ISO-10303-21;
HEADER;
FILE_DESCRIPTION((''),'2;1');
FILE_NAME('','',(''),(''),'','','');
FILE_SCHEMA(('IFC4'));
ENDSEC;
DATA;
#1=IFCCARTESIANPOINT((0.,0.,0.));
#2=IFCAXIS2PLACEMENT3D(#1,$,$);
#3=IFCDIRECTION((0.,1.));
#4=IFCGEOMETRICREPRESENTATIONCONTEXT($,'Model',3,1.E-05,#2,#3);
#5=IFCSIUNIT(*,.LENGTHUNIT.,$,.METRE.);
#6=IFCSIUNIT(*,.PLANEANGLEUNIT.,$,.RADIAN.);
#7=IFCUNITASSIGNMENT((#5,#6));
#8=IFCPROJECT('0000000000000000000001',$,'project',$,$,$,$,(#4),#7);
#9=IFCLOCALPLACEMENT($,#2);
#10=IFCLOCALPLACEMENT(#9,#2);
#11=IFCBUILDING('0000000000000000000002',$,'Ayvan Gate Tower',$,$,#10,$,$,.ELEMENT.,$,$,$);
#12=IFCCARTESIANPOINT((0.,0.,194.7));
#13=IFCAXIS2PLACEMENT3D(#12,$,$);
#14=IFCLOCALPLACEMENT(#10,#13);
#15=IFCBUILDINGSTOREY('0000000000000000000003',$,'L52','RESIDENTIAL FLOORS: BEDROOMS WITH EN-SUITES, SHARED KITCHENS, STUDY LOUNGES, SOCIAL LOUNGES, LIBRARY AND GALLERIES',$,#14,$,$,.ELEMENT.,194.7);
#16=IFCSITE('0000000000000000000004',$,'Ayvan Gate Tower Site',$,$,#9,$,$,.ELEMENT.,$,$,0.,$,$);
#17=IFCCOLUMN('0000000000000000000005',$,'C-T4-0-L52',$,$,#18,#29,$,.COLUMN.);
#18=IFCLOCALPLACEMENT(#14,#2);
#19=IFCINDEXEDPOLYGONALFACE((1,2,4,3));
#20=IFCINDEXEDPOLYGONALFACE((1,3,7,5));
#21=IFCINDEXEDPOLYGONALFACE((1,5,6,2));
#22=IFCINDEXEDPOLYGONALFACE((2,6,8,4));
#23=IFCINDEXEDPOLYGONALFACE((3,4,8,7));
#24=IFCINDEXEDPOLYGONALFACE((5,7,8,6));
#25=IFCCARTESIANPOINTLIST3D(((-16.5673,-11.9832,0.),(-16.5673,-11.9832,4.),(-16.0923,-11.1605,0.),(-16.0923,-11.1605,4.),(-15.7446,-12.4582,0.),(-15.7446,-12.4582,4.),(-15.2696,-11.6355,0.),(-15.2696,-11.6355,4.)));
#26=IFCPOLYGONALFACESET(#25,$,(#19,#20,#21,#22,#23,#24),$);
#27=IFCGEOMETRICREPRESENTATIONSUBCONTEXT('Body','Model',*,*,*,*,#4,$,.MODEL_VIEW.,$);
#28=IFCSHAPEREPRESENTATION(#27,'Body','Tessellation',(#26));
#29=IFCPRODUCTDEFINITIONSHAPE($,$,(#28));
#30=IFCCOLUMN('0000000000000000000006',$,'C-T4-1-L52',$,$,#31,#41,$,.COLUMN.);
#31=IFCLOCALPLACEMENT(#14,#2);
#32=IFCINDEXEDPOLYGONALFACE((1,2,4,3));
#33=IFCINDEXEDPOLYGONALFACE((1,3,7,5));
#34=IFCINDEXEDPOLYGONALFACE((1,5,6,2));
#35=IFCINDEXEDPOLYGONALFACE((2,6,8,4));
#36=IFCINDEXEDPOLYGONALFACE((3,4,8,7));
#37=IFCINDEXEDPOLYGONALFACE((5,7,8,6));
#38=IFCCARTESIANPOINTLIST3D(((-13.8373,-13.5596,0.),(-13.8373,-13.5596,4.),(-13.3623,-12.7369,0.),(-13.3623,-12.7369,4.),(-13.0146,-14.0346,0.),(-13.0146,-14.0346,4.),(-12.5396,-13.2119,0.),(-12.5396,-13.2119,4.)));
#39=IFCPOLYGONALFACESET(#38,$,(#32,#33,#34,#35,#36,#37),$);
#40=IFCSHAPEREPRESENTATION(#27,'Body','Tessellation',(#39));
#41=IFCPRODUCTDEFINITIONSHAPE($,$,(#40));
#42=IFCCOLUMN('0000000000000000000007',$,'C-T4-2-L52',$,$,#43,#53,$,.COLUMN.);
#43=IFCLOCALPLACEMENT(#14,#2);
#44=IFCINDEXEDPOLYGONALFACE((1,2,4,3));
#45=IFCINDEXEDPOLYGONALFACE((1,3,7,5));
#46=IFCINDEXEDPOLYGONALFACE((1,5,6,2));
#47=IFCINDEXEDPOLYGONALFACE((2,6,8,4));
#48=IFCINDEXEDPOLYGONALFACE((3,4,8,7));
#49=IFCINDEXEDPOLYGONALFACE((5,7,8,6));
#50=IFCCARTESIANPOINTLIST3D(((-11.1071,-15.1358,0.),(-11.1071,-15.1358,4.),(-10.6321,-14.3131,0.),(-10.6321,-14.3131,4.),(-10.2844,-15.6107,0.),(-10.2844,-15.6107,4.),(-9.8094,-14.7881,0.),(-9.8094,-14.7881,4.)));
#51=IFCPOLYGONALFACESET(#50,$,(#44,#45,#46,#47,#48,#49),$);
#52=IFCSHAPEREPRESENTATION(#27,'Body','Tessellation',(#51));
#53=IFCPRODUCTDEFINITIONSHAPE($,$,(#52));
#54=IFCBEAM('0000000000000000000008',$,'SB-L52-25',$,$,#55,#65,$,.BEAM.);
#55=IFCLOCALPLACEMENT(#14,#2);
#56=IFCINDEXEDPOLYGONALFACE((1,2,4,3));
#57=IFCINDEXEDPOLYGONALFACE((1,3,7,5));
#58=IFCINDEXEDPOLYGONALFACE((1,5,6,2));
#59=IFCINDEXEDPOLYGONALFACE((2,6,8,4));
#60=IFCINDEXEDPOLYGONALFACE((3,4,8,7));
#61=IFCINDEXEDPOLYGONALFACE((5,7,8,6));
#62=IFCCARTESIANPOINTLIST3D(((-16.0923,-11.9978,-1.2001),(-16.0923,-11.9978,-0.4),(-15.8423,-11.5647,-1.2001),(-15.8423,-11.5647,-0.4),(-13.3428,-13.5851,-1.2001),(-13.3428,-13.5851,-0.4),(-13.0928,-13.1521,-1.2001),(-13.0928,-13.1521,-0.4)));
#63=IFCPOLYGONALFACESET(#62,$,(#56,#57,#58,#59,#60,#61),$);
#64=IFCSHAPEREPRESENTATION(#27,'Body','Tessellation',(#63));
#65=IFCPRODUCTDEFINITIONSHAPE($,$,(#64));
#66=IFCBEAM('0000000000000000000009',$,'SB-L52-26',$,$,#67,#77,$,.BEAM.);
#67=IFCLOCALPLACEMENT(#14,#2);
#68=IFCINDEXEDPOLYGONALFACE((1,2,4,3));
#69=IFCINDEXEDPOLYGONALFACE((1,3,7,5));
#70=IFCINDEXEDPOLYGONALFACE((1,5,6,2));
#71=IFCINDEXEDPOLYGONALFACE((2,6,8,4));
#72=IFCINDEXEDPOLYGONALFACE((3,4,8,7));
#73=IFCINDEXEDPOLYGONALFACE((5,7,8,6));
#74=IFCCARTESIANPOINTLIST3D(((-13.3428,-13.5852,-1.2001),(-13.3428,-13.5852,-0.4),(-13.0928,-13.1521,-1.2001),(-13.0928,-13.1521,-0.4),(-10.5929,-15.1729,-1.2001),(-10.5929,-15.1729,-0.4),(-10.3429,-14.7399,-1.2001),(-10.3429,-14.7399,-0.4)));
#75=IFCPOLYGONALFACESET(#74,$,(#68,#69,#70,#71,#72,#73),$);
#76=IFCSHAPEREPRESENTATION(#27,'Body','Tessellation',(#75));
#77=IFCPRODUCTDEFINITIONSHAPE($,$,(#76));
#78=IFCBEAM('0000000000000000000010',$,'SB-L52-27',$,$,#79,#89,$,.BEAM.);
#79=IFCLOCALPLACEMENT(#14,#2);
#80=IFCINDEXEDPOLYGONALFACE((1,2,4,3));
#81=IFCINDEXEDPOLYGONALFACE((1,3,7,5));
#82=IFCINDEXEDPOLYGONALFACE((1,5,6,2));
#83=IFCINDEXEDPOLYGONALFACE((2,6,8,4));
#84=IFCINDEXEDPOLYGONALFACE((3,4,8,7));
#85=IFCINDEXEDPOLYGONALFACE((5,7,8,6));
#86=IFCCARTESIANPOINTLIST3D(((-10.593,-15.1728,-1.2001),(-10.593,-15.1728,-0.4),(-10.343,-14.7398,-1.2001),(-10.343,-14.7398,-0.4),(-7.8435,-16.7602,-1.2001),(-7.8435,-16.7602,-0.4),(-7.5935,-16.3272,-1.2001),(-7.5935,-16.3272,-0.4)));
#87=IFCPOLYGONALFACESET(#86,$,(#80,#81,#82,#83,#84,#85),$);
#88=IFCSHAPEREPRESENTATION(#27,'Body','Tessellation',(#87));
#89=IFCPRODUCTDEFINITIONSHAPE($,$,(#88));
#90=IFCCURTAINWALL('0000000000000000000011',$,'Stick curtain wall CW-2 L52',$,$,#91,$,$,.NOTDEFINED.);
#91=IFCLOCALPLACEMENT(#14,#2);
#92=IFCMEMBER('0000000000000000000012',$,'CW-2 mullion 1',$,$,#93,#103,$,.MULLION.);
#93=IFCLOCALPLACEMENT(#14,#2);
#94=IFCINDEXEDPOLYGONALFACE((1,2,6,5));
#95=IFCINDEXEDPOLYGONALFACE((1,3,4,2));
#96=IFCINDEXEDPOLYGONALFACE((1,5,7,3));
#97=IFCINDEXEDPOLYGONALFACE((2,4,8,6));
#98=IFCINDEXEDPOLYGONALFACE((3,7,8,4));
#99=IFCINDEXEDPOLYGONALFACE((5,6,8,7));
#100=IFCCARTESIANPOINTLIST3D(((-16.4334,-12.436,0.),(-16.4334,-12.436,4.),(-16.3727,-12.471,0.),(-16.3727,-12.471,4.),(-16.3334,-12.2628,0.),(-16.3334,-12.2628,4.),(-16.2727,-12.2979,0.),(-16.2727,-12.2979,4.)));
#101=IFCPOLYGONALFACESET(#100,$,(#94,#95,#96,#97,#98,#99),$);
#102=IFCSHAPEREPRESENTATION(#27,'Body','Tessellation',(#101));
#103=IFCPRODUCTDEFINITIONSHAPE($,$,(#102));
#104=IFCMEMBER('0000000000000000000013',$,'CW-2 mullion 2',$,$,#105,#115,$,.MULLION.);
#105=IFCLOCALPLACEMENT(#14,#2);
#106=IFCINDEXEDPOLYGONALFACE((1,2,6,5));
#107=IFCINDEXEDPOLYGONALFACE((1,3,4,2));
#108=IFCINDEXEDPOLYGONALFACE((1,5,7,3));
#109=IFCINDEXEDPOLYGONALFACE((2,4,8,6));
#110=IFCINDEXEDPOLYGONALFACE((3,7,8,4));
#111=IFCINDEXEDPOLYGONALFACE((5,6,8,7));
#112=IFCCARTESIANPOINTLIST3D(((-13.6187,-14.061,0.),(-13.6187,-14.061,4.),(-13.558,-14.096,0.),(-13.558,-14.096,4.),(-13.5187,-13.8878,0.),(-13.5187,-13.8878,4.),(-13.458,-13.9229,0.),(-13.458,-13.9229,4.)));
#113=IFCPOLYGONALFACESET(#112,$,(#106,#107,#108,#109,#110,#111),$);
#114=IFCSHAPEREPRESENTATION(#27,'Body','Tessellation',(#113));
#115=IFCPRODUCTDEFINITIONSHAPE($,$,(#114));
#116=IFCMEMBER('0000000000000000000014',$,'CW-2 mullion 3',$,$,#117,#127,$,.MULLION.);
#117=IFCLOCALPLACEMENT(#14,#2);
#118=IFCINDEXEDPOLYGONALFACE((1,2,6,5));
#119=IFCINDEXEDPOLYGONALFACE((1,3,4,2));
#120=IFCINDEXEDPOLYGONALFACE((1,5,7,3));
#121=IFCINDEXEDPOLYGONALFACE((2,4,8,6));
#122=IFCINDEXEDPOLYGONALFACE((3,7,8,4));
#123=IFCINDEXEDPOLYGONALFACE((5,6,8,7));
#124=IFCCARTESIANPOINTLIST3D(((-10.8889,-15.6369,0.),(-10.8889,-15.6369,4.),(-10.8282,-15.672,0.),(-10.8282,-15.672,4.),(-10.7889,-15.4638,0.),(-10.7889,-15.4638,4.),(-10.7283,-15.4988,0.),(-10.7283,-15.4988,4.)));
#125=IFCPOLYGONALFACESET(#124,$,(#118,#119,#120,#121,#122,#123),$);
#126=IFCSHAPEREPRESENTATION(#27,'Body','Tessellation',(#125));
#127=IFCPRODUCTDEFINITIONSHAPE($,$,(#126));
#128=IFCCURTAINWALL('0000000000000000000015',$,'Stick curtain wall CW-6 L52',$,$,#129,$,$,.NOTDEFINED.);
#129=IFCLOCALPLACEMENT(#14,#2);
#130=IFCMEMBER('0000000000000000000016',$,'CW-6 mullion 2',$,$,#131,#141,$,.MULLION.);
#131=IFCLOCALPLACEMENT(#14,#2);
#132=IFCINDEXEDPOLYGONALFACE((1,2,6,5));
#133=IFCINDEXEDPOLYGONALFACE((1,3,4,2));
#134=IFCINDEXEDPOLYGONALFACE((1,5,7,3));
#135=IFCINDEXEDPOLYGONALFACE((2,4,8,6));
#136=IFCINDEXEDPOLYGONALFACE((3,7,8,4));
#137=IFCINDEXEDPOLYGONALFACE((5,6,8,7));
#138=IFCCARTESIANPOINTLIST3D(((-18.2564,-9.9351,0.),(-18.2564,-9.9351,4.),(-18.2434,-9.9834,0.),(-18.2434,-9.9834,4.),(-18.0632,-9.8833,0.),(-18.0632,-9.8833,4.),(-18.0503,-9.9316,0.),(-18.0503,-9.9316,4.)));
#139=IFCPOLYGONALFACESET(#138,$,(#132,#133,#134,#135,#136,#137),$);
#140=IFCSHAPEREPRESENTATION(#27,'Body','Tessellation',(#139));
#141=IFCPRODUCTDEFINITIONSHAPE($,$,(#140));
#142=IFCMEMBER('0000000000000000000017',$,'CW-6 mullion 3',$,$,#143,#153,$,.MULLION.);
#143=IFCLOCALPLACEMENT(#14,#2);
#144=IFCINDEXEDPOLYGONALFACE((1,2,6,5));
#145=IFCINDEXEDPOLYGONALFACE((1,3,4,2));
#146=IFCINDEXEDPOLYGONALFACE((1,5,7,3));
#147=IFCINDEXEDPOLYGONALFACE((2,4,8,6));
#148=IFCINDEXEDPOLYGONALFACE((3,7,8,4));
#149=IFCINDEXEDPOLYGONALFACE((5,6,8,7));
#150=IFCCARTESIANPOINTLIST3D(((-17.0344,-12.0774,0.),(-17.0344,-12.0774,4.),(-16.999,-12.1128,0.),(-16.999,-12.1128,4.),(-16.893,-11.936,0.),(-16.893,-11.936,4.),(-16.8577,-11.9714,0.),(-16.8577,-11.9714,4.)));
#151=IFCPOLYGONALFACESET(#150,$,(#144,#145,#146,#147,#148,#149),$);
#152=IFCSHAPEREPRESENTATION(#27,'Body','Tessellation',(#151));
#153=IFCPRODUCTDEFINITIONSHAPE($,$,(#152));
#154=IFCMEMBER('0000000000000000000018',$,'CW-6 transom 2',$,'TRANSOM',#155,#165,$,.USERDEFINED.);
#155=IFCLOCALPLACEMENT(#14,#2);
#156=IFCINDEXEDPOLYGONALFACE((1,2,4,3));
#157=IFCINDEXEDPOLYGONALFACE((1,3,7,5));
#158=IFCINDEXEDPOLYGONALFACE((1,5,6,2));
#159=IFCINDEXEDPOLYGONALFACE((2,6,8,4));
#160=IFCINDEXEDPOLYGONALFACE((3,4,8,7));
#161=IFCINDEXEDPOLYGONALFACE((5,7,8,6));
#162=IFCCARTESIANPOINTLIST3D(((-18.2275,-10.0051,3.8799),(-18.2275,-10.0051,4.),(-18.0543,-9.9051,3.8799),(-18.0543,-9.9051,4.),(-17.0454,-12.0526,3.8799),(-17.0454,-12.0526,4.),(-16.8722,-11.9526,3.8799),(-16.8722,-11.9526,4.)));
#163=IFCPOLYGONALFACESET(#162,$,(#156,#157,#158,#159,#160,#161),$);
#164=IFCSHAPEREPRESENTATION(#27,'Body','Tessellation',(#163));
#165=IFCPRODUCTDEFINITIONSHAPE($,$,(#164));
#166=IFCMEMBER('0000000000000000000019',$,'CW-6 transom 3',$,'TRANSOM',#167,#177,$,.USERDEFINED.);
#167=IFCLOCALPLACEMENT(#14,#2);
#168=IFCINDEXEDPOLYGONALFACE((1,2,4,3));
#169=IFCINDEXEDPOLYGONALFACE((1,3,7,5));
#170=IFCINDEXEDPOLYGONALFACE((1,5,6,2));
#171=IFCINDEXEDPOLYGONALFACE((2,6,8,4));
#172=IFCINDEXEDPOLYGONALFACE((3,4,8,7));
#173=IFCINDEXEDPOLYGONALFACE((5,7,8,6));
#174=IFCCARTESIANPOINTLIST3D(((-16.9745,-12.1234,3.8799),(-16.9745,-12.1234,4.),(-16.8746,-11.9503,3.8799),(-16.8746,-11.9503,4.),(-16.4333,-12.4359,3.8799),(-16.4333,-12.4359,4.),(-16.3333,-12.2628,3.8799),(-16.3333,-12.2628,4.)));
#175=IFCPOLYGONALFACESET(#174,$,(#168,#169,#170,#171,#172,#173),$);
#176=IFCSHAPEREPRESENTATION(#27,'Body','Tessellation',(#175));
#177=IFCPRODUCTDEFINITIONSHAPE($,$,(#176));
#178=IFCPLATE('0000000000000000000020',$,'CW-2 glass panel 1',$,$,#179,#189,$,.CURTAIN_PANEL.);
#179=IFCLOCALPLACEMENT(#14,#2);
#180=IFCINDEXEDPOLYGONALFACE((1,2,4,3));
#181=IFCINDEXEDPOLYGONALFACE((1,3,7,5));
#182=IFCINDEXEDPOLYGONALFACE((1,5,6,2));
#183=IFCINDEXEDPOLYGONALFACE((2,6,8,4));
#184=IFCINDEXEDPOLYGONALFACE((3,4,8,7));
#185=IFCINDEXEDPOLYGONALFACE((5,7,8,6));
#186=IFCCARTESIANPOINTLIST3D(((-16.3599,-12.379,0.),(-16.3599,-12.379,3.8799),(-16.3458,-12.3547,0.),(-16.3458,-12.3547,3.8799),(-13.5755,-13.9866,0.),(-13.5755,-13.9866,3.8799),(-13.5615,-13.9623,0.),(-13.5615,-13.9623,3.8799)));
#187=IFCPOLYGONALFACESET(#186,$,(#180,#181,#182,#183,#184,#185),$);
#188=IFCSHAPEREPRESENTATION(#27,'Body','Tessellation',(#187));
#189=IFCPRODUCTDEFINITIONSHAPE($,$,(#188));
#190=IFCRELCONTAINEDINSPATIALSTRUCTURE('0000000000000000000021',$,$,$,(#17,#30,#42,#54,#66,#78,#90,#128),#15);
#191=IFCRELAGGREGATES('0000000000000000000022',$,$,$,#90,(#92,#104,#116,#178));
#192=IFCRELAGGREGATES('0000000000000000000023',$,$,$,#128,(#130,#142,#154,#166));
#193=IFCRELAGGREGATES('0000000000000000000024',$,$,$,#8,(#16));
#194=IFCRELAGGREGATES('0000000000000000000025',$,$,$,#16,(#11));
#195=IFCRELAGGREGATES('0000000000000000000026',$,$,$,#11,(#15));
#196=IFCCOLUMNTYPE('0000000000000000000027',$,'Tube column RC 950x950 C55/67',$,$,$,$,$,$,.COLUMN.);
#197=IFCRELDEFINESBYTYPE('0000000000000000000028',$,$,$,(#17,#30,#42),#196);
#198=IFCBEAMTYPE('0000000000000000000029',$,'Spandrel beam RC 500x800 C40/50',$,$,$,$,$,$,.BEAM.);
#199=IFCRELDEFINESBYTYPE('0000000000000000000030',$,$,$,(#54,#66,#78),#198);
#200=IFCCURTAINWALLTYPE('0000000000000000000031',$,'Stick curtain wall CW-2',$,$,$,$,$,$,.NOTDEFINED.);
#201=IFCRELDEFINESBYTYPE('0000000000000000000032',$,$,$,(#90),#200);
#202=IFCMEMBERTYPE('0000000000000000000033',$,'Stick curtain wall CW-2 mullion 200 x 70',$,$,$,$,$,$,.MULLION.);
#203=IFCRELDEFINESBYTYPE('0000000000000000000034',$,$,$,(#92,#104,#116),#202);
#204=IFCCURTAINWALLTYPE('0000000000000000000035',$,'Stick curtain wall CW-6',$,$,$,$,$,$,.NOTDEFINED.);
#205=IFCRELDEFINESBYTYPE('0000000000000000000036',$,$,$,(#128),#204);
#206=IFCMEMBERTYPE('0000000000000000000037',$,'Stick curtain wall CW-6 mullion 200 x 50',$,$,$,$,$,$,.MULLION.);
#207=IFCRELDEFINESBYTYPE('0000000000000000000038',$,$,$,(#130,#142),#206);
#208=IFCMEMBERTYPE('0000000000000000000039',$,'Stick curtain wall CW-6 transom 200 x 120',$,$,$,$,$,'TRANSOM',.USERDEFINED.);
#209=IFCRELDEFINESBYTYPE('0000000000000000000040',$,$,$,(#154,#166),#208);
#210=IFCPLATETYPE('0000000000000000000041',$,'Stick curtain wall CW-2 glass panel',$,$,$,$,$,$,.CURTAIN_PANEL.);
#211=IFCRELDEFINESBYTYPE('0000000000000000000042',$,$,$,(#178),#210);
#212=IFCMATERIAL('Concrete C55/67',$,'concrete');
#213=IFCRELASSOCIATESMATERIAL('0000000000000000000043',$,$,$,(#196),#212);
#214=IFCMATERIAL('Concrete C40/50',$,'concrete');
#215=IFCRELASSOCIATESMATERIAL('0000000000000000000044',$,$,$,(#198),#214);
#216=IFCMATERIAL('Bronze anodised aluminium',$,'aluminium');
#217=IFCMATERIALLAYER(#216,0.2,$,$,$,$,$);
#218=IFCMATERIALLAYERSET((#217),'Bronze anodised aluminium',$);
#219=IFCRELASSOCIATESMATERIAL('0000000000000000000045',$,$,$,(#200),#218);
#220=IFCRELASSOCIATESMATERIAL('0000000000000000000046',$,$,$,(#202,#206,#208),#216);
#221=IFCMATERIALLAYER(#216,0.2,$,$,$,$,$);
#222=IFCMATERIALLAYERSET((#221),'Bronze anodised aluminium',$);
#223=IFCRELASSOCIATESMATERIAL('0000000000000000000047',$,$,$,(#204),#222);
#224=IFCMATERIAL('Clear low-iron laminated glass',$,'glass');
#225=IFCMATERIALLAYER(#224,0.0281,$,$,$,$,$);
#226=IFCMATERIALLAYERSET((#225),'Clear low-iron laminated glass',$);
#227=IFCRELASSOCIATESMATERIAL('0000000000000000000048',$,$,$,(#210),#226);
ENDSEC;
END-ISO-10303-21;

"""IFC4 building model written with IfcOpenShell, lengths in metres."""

from ifc_helpers import new_model, si_unit, direction, frame, origin, origin_2d, place, context, subcontext, project, spatial, rectangle, extrude, material, layer, layer_set, material_profile, profile_set, type_object, element, aggregate, save


model = new_model("IFC4")

# Units and contexts
model_context = context("Model", 3, precision=1e-05, world=origin(), true_north=direction((0.0, 1.0)))
body_context = subcontext(model_context, "Body", "Model", "MODEL_VIEW")
ifc_project = project(units=[si_unit("LENGTHUNIT", "METRE"), si_unit("PLANEANGLEUNIT", "RADIAN")], contexts=[model_context])

# Site, building, storey
site_placement = place(None, origin())
site = spatial("IfcSite", under=ifc_project, at=site_placement, Name="Ayvan Gate Tower Site", CompositionType="ELEMENT", RefElevation=0.0)
building_placement = place(site_placement, origin())
building = spatial("IfcBuilding", under=site, at=building_placement, Name="Ayvan Gate Tower", CompositionType="ELEMENT")
storey_placement = place(building_placement, frame((0.0, 0.0, 194.7)))
storey = spatial("IfcBuildingStorey", under=building, at=storey_placement, Name="L52", Description="RESIDENTIAL FLOORS: BEDROOMS WITH EN-SUITES, SHARED KITCHENS, STUDY LOUNGES, SOCIAL LOUNGES, LIBRARY AND GALLERIES", CompositionType="ELEMENT", Elevation=194.7)

# Columns
ifc_material_1 = material(Name="Concrete C55/67", Category="concrete")
ifc_material_profile_1 = material_profile(ifc_material_1, rectangle(XDim=0.95, YDim=0.95, at=origin_2d()), Name="RC 950x950")
ifc_profile_set_1 = profile_set([ifc_material_profile_1], Name="Concrete C55/67")
column_type = type_object("IfcColumnType", Name="Tube column RC 950x950 C55/67", PredefinedType="COLUMN", material=ifc_profile_set_1)
for number, where, z_axis, x_axis, name in (
    (1, (-15.9185, -11.8093, 0.0), (0.0, 0.0, 1.0), (-0.5, -0.866025, 0.0), "C-T4-0-L52"),
    (2, (-13.1885, -13.3857, 0.0), (0.0, 0.0, 1.0), (-0.5, -0.866025, 0.0), "C-T4-1-L52"),
    (3, (-10.4583, -14.9619, 0.0), (0.0, 0.0, 1.0), (-0.5, -0.866025, 0.0), "C-T4-2-L52"),
):
    element("IfcColumn", number, at=place(storey_placement, frame(where, z_axis=z_axis, x_axis=x_axis)), inside=storey, type_object=column_type, Name=name, PredefinedType="COLUMN", context=body_context, shape_type="SweptSolid", body=[
        extrude(rectangle(XDim=0.95, YDim=0.95, at=origin_2d()), origin(), (0.0, 0.0, 1.0), 4.0),
    ])

# Beams
ifc_material_2 = material(Name="Concrete C40/50", Category="concrete")
ifc_material_profile_2 = material_profile(ifc_material_2, rectangle(XDim=0.5, YDim=0.8, at=origin_2d()), Name="RC 500x800")
ifc_profile_set_2 = profile_set([ifc_material_profile_2], Name="Concrete C40/50")
beam_type = type_object("IfcBeamType", Name="Spandrel beam RC 500x800 C40/50", PredefinedType="BEAM", material=ifc_profile_set_2)
beam_1_placement = place(storey_placement, frame((-15.9673, -11.7812, -0.8), z_axis=(0.866029, -0.499993, 0.0), x_axis=(0.499993, 0.866029, 0.0)))
element("IfcBeam", 4, at=beam_1_placement, inside=storey, type_object=beam_type, Name="SB-L52-25", PredefinedType="BEAM", context=body_context, shape_type="SweptSolid", body=[
    extrude(rectangle(XDim=0.5, YDim=0.8, at=origin_2d()), origin(), (0.0, 0.0, 1.0), 3.1748),
])
beam_2_placement = place(storey_placement, frame((-13.2178, -13.3687, -0.8), z_axis=(0.866015, -0.500018, 0.0), x_axis=(0.500018, 0.866015, 0.0)))
element("IfcBeam", 5, at=beam_2_placement, inside=storey, type_object=beam_type, Name="SB-L52-26", PredefinedType="BEAM", context=body_context, shape_type="SweptSolid", body=[
    extrude(rectangle(XDim=0.5, YDim=0.8, at=origin_2d()), origin(), (0.0, 0.0, 1.0), 3.1753),
])
beam_3_placement = place(storey_placement, frame((-10.468, -14.9563, -0.8), z_axis=(0.866029, -0.499993, 0.0), x_axis=(0.499993, 0.866029, 0.0)))
element("IfcBeam", 6, at=beam_3_placement, inside=storey, type_object=beam_type, Name="SB-L52-27", PredefinedType="BEAM", context=body_context, shape_type="SweptSolid", body=[
    extrude(rectangle(XDim=0.5, YDim=0.8, at=origin_2d()), origin(), (0.0, 0.0, 1.0), 3.1748),
])

# Curtain walls, members
ifc_material_3 = material(Name="Bronze anodised aluminium", Category="aluminium")
ifc_layer_1 = layer(ifc_material_3, 0.2)
ifc_layer_set_1 = layer_set([ifc_layer_1], Name="Bronze anodised aluminium")
curtain_wall_type_1 = type_object("IfcCurtainWallType", Name="Stick curtain wall CW-2", PredefinedType="NOTDEFINED", material=ifc_layer_set_1)
curtain_wall_1_placement = place(storey_placement, origin())
curtain_wall_1 = element("IfcCurtainWall", 7, at=curtain_wall_1_placement, inside=storey, type_object=curtain_wall_type_1, Name="Stick curtain wall CW-2 L52", PredefinedType="NOTDEFINED")
ifc_material_profile_3 = material_profile(ifc_material_3, rectangle(XDim=0.2, YDim=0.0701, at=origin_2d()), Name="Stick curtain wall CW-2 mullion 200 x 70")
ifc_profile_set_3 = profile_set([ifc_material_profile_3], Name="Bronze anodised aluminium")
member_type_1 = type_object("IfcMemberType", Name="Stick curtain wall CW-2 mullion 200 x 70", PredefinedType="MULLION", material=ifc_profile_set_3)
member_1_placement = place(storey_placement, frame((-16.353, -12.3669, 0.0), z_axis=(0.0, 0.0, 1.0), x_axis=(-0.5, -0.866025, 0.0)))
member_1 = element("IfcMember", 8, at=member_1_placement, type_object=member_type_1, Name="CW-2 mullion 1", PredefinedType="MULLION", context=body_context, shape_type="SweptSolid", body=[
    extrude(rectangle(XDim=0.2, YDim=0.0701, at=origin_2d()), origin(), (0.0, 0.0, 1.0), 4.0),
])
member_2_placement = place(storey_placement, frame((-13.5383, -13.9919, 0.0), z_axis=(0.0, 0.0, 1.0), x_axis=(-0.5, -0.866025, 0.0)))
member_2 = element("IfcMember", 9, at=member_2_placement, type_object=member_type_1, Name="CW-2 mullion 2", PredefinedType="MULLION", context=body_context, shape_type="SweptSolid", body=[
    extrude(rectangle(XDim=0.2, YDim=0.0701, at=origin_2d()), origin(), (0.0, 0.0, 1.0), 4.0),
])
member_3_placement = place(storey_placement, frame((-10.8086, -15.5679, 0.0), z_axis=(0.0, 0.0, 1.0), x_axis=(-0.5, -0.866025, 0.0)))
member_3 = element("IfcMember", 10, at=member_3_placement, type_object=member_type_1, Name="CW-2 mullion 3", PredefinedType="MULLION", context=body_context, shape_type="SweptSolid", body=[
    extrude(rectangle(XDim=0.2, YDim=0.0701, at=origin_2d()), origin(), (0.0, 0.0, 1.0), 4.0),
])
ifc_layer_2 = layer(ifc_material_3, 0.2)
ifc_layer_set_2 = layer_set([ifc_layer_2], Name="Bronze anodised aluminium")
curtain_wall_type_2 = type_object("IfcCurtainWallType", Name="Stick curtain wall CW-6", PredefinedType="NOTDEFINED", material=ifc_layer_set_2)
curtain_wall_2_placement = place(storey_placement, origin())
curtain_wall_2 = element("IfcCurtainWall", 11, at=curtain_wall_2_placement, inside=storey, type_object=curtain_wall_type_2, Name="Stick curtain wall CW-6 L52", PredefinedType="NOTDEFINED")
ifc_material_profile_4 = material_profile(ifc_material_3, rectangle(XDim=0.2, YDim=0.05, at=origin_2d()), Name="Stick curtain wall CW-6 mullion 200 x 50")
ifc_profile_set_4 = profile_set([ifc_material_profile_4], Name="Bronze anodised aluminium")
member_type_2 = type_object("IfcMemberType", Name="Stick curtain wall CW-6 mullion 200 x 50", PredefinedType="MULLION", material=ifc_profile_set_4)
member_4_placement = place(storey_placement, frame((-18.1533, -9.9333, 0.0), z_axis=(0.0, 0.0, 1.0), x_axis=(-0.965926, -0.258819, 0.0)))
member_4 = element("IfcMember", 12, at=member_4_placement, type_object=member_type_2, Name="CW-6 mullion 2", PredefinedType="MULLION", context=body_context, shape_type="SweptSolid", body=[
    extrude(rectangle(XDim=0.2, YDim=0.05, at=origin_2d()), origin(), (0.0, 0.0, 1.0), 4.0),
])
member_5_placement = place(storey_placement, frame((-16.946, -12.0244, 0.0), z_axis=(0.0, 0.0, 1.0), x_axis=(-0.707107, -0.707107, 0.0)))
member_5 = element("IfcMember", 13, at=member_5_placement, type_object=member_type_2, Name="CW-6 mullion 3", PredefinedType="MULLION", context=body_context, shape_type="SweptSolid", body=[
    extrude(rectangle(XDim=0.2, YDim=0.05, at=origin_2d()), origin(), (0.0, 0.0, 1.0), 4.0),
])
ifc_material_profile_5 = material_profile(ifc_material_3, rectangle(XDim=0.2, YDim=0.1201, at=origin_2d()), Name="Stick curtain wall CW-6 transom 200 x 120")
ifc_profile_set_5 = profile_set([ifc_material_profile_5], Name="Bronze anodised aluminium")
member_type_3 = type_object("IfcMemberType", Name="Stick curtain wall CW-6 transom 200 x 120", ElementType="TRANSOM", PredefinedType="USERDEFINED", material=ifc_profile_set_5)
member_6_placement = place(storey_placement, frame((-18.1409, -9.9551, 3.9399), z_axis=(0.499982, -0.866036, 0.0), x_axis=(0.866036, 0.499982, 0.0)))
member_6 = element("IfcMember", 14, at=member_6_placement, type_object=member_type_3, Name="CW-6 transom 2", ObjectType="TRANSOM", PredefinedType="USERDEFINED", context=body_context, shape_type="SweptSolid", body=[
    extrude(rectangle(XDim=0.2, YDim=0.1201, at=origin_2d()), origin(), (0.0, 0.0, 1.0), 2.3643),
])
member_7_placement = place(storey_placement, frame((-16.9246, -12.0369, 3.9399), z_axis=(0.866023, -0.500004, 0.0), x_axis=(0.500004, 0.866023, 0.0)))
member_7 = element("IfcMember", 15, at=member_7_placement, type_object=member_type_3, Name="CW-6 transom 3", ObjectType="TRANSOM", PredefinedType="USERDEFINED", context=body_context, shape_type="SweptSolid", body=[
    extrude(rectangle(XDim=0.2, YDim=0.1201, at=origin_2d()), origin(), (0.0, 0.0, 1.0), 0.625),
])

# Plate
ifc_material_4 = material(Name="Clear low-iron laminated glass", Category="glass")
ifc_layer_3 = layer(ifc_material_4, 0.0281)
ifc_layer_set_3 = layer_set([ifc_layer_3], Name="Clear low-iron laminated glass")
plate_type_1 = type_object("IfcPlateType", Name="Stick curtain wall CW-2 glass panel", PredefinedType="CURTAIN_PANEL", material=ifc_layer_set_3)
plate_1_placement = place(storey_placement, frame((-14.9607, -13.1707, 0.0), z_axis=(0.0, 0.0, 1.0), x_axis=(0.866025, -0.5, 0.0)))
plate_1 = element("IfcPlate", 16, at=plate_1_placement, type_object=plate_type_1, Name="CW-2 glass panel 1", PredefinedType="CURTAIN_PANEL", context=body_context, shape_type="SweptSolid", body=[
    extrude(rectangle(XDim=3.2151, YDim=0.0281, at=origin_2d()), origin(), (0.0, 0.0, 1.0), 3.8799),
])
aggregate(curtain_wall_1, [member_1, member_2, member_3, plate_1])
aggregate(curtain_wall_2, [member_4, member_5, member_6, member_7])

save(model, "model.ifc")
